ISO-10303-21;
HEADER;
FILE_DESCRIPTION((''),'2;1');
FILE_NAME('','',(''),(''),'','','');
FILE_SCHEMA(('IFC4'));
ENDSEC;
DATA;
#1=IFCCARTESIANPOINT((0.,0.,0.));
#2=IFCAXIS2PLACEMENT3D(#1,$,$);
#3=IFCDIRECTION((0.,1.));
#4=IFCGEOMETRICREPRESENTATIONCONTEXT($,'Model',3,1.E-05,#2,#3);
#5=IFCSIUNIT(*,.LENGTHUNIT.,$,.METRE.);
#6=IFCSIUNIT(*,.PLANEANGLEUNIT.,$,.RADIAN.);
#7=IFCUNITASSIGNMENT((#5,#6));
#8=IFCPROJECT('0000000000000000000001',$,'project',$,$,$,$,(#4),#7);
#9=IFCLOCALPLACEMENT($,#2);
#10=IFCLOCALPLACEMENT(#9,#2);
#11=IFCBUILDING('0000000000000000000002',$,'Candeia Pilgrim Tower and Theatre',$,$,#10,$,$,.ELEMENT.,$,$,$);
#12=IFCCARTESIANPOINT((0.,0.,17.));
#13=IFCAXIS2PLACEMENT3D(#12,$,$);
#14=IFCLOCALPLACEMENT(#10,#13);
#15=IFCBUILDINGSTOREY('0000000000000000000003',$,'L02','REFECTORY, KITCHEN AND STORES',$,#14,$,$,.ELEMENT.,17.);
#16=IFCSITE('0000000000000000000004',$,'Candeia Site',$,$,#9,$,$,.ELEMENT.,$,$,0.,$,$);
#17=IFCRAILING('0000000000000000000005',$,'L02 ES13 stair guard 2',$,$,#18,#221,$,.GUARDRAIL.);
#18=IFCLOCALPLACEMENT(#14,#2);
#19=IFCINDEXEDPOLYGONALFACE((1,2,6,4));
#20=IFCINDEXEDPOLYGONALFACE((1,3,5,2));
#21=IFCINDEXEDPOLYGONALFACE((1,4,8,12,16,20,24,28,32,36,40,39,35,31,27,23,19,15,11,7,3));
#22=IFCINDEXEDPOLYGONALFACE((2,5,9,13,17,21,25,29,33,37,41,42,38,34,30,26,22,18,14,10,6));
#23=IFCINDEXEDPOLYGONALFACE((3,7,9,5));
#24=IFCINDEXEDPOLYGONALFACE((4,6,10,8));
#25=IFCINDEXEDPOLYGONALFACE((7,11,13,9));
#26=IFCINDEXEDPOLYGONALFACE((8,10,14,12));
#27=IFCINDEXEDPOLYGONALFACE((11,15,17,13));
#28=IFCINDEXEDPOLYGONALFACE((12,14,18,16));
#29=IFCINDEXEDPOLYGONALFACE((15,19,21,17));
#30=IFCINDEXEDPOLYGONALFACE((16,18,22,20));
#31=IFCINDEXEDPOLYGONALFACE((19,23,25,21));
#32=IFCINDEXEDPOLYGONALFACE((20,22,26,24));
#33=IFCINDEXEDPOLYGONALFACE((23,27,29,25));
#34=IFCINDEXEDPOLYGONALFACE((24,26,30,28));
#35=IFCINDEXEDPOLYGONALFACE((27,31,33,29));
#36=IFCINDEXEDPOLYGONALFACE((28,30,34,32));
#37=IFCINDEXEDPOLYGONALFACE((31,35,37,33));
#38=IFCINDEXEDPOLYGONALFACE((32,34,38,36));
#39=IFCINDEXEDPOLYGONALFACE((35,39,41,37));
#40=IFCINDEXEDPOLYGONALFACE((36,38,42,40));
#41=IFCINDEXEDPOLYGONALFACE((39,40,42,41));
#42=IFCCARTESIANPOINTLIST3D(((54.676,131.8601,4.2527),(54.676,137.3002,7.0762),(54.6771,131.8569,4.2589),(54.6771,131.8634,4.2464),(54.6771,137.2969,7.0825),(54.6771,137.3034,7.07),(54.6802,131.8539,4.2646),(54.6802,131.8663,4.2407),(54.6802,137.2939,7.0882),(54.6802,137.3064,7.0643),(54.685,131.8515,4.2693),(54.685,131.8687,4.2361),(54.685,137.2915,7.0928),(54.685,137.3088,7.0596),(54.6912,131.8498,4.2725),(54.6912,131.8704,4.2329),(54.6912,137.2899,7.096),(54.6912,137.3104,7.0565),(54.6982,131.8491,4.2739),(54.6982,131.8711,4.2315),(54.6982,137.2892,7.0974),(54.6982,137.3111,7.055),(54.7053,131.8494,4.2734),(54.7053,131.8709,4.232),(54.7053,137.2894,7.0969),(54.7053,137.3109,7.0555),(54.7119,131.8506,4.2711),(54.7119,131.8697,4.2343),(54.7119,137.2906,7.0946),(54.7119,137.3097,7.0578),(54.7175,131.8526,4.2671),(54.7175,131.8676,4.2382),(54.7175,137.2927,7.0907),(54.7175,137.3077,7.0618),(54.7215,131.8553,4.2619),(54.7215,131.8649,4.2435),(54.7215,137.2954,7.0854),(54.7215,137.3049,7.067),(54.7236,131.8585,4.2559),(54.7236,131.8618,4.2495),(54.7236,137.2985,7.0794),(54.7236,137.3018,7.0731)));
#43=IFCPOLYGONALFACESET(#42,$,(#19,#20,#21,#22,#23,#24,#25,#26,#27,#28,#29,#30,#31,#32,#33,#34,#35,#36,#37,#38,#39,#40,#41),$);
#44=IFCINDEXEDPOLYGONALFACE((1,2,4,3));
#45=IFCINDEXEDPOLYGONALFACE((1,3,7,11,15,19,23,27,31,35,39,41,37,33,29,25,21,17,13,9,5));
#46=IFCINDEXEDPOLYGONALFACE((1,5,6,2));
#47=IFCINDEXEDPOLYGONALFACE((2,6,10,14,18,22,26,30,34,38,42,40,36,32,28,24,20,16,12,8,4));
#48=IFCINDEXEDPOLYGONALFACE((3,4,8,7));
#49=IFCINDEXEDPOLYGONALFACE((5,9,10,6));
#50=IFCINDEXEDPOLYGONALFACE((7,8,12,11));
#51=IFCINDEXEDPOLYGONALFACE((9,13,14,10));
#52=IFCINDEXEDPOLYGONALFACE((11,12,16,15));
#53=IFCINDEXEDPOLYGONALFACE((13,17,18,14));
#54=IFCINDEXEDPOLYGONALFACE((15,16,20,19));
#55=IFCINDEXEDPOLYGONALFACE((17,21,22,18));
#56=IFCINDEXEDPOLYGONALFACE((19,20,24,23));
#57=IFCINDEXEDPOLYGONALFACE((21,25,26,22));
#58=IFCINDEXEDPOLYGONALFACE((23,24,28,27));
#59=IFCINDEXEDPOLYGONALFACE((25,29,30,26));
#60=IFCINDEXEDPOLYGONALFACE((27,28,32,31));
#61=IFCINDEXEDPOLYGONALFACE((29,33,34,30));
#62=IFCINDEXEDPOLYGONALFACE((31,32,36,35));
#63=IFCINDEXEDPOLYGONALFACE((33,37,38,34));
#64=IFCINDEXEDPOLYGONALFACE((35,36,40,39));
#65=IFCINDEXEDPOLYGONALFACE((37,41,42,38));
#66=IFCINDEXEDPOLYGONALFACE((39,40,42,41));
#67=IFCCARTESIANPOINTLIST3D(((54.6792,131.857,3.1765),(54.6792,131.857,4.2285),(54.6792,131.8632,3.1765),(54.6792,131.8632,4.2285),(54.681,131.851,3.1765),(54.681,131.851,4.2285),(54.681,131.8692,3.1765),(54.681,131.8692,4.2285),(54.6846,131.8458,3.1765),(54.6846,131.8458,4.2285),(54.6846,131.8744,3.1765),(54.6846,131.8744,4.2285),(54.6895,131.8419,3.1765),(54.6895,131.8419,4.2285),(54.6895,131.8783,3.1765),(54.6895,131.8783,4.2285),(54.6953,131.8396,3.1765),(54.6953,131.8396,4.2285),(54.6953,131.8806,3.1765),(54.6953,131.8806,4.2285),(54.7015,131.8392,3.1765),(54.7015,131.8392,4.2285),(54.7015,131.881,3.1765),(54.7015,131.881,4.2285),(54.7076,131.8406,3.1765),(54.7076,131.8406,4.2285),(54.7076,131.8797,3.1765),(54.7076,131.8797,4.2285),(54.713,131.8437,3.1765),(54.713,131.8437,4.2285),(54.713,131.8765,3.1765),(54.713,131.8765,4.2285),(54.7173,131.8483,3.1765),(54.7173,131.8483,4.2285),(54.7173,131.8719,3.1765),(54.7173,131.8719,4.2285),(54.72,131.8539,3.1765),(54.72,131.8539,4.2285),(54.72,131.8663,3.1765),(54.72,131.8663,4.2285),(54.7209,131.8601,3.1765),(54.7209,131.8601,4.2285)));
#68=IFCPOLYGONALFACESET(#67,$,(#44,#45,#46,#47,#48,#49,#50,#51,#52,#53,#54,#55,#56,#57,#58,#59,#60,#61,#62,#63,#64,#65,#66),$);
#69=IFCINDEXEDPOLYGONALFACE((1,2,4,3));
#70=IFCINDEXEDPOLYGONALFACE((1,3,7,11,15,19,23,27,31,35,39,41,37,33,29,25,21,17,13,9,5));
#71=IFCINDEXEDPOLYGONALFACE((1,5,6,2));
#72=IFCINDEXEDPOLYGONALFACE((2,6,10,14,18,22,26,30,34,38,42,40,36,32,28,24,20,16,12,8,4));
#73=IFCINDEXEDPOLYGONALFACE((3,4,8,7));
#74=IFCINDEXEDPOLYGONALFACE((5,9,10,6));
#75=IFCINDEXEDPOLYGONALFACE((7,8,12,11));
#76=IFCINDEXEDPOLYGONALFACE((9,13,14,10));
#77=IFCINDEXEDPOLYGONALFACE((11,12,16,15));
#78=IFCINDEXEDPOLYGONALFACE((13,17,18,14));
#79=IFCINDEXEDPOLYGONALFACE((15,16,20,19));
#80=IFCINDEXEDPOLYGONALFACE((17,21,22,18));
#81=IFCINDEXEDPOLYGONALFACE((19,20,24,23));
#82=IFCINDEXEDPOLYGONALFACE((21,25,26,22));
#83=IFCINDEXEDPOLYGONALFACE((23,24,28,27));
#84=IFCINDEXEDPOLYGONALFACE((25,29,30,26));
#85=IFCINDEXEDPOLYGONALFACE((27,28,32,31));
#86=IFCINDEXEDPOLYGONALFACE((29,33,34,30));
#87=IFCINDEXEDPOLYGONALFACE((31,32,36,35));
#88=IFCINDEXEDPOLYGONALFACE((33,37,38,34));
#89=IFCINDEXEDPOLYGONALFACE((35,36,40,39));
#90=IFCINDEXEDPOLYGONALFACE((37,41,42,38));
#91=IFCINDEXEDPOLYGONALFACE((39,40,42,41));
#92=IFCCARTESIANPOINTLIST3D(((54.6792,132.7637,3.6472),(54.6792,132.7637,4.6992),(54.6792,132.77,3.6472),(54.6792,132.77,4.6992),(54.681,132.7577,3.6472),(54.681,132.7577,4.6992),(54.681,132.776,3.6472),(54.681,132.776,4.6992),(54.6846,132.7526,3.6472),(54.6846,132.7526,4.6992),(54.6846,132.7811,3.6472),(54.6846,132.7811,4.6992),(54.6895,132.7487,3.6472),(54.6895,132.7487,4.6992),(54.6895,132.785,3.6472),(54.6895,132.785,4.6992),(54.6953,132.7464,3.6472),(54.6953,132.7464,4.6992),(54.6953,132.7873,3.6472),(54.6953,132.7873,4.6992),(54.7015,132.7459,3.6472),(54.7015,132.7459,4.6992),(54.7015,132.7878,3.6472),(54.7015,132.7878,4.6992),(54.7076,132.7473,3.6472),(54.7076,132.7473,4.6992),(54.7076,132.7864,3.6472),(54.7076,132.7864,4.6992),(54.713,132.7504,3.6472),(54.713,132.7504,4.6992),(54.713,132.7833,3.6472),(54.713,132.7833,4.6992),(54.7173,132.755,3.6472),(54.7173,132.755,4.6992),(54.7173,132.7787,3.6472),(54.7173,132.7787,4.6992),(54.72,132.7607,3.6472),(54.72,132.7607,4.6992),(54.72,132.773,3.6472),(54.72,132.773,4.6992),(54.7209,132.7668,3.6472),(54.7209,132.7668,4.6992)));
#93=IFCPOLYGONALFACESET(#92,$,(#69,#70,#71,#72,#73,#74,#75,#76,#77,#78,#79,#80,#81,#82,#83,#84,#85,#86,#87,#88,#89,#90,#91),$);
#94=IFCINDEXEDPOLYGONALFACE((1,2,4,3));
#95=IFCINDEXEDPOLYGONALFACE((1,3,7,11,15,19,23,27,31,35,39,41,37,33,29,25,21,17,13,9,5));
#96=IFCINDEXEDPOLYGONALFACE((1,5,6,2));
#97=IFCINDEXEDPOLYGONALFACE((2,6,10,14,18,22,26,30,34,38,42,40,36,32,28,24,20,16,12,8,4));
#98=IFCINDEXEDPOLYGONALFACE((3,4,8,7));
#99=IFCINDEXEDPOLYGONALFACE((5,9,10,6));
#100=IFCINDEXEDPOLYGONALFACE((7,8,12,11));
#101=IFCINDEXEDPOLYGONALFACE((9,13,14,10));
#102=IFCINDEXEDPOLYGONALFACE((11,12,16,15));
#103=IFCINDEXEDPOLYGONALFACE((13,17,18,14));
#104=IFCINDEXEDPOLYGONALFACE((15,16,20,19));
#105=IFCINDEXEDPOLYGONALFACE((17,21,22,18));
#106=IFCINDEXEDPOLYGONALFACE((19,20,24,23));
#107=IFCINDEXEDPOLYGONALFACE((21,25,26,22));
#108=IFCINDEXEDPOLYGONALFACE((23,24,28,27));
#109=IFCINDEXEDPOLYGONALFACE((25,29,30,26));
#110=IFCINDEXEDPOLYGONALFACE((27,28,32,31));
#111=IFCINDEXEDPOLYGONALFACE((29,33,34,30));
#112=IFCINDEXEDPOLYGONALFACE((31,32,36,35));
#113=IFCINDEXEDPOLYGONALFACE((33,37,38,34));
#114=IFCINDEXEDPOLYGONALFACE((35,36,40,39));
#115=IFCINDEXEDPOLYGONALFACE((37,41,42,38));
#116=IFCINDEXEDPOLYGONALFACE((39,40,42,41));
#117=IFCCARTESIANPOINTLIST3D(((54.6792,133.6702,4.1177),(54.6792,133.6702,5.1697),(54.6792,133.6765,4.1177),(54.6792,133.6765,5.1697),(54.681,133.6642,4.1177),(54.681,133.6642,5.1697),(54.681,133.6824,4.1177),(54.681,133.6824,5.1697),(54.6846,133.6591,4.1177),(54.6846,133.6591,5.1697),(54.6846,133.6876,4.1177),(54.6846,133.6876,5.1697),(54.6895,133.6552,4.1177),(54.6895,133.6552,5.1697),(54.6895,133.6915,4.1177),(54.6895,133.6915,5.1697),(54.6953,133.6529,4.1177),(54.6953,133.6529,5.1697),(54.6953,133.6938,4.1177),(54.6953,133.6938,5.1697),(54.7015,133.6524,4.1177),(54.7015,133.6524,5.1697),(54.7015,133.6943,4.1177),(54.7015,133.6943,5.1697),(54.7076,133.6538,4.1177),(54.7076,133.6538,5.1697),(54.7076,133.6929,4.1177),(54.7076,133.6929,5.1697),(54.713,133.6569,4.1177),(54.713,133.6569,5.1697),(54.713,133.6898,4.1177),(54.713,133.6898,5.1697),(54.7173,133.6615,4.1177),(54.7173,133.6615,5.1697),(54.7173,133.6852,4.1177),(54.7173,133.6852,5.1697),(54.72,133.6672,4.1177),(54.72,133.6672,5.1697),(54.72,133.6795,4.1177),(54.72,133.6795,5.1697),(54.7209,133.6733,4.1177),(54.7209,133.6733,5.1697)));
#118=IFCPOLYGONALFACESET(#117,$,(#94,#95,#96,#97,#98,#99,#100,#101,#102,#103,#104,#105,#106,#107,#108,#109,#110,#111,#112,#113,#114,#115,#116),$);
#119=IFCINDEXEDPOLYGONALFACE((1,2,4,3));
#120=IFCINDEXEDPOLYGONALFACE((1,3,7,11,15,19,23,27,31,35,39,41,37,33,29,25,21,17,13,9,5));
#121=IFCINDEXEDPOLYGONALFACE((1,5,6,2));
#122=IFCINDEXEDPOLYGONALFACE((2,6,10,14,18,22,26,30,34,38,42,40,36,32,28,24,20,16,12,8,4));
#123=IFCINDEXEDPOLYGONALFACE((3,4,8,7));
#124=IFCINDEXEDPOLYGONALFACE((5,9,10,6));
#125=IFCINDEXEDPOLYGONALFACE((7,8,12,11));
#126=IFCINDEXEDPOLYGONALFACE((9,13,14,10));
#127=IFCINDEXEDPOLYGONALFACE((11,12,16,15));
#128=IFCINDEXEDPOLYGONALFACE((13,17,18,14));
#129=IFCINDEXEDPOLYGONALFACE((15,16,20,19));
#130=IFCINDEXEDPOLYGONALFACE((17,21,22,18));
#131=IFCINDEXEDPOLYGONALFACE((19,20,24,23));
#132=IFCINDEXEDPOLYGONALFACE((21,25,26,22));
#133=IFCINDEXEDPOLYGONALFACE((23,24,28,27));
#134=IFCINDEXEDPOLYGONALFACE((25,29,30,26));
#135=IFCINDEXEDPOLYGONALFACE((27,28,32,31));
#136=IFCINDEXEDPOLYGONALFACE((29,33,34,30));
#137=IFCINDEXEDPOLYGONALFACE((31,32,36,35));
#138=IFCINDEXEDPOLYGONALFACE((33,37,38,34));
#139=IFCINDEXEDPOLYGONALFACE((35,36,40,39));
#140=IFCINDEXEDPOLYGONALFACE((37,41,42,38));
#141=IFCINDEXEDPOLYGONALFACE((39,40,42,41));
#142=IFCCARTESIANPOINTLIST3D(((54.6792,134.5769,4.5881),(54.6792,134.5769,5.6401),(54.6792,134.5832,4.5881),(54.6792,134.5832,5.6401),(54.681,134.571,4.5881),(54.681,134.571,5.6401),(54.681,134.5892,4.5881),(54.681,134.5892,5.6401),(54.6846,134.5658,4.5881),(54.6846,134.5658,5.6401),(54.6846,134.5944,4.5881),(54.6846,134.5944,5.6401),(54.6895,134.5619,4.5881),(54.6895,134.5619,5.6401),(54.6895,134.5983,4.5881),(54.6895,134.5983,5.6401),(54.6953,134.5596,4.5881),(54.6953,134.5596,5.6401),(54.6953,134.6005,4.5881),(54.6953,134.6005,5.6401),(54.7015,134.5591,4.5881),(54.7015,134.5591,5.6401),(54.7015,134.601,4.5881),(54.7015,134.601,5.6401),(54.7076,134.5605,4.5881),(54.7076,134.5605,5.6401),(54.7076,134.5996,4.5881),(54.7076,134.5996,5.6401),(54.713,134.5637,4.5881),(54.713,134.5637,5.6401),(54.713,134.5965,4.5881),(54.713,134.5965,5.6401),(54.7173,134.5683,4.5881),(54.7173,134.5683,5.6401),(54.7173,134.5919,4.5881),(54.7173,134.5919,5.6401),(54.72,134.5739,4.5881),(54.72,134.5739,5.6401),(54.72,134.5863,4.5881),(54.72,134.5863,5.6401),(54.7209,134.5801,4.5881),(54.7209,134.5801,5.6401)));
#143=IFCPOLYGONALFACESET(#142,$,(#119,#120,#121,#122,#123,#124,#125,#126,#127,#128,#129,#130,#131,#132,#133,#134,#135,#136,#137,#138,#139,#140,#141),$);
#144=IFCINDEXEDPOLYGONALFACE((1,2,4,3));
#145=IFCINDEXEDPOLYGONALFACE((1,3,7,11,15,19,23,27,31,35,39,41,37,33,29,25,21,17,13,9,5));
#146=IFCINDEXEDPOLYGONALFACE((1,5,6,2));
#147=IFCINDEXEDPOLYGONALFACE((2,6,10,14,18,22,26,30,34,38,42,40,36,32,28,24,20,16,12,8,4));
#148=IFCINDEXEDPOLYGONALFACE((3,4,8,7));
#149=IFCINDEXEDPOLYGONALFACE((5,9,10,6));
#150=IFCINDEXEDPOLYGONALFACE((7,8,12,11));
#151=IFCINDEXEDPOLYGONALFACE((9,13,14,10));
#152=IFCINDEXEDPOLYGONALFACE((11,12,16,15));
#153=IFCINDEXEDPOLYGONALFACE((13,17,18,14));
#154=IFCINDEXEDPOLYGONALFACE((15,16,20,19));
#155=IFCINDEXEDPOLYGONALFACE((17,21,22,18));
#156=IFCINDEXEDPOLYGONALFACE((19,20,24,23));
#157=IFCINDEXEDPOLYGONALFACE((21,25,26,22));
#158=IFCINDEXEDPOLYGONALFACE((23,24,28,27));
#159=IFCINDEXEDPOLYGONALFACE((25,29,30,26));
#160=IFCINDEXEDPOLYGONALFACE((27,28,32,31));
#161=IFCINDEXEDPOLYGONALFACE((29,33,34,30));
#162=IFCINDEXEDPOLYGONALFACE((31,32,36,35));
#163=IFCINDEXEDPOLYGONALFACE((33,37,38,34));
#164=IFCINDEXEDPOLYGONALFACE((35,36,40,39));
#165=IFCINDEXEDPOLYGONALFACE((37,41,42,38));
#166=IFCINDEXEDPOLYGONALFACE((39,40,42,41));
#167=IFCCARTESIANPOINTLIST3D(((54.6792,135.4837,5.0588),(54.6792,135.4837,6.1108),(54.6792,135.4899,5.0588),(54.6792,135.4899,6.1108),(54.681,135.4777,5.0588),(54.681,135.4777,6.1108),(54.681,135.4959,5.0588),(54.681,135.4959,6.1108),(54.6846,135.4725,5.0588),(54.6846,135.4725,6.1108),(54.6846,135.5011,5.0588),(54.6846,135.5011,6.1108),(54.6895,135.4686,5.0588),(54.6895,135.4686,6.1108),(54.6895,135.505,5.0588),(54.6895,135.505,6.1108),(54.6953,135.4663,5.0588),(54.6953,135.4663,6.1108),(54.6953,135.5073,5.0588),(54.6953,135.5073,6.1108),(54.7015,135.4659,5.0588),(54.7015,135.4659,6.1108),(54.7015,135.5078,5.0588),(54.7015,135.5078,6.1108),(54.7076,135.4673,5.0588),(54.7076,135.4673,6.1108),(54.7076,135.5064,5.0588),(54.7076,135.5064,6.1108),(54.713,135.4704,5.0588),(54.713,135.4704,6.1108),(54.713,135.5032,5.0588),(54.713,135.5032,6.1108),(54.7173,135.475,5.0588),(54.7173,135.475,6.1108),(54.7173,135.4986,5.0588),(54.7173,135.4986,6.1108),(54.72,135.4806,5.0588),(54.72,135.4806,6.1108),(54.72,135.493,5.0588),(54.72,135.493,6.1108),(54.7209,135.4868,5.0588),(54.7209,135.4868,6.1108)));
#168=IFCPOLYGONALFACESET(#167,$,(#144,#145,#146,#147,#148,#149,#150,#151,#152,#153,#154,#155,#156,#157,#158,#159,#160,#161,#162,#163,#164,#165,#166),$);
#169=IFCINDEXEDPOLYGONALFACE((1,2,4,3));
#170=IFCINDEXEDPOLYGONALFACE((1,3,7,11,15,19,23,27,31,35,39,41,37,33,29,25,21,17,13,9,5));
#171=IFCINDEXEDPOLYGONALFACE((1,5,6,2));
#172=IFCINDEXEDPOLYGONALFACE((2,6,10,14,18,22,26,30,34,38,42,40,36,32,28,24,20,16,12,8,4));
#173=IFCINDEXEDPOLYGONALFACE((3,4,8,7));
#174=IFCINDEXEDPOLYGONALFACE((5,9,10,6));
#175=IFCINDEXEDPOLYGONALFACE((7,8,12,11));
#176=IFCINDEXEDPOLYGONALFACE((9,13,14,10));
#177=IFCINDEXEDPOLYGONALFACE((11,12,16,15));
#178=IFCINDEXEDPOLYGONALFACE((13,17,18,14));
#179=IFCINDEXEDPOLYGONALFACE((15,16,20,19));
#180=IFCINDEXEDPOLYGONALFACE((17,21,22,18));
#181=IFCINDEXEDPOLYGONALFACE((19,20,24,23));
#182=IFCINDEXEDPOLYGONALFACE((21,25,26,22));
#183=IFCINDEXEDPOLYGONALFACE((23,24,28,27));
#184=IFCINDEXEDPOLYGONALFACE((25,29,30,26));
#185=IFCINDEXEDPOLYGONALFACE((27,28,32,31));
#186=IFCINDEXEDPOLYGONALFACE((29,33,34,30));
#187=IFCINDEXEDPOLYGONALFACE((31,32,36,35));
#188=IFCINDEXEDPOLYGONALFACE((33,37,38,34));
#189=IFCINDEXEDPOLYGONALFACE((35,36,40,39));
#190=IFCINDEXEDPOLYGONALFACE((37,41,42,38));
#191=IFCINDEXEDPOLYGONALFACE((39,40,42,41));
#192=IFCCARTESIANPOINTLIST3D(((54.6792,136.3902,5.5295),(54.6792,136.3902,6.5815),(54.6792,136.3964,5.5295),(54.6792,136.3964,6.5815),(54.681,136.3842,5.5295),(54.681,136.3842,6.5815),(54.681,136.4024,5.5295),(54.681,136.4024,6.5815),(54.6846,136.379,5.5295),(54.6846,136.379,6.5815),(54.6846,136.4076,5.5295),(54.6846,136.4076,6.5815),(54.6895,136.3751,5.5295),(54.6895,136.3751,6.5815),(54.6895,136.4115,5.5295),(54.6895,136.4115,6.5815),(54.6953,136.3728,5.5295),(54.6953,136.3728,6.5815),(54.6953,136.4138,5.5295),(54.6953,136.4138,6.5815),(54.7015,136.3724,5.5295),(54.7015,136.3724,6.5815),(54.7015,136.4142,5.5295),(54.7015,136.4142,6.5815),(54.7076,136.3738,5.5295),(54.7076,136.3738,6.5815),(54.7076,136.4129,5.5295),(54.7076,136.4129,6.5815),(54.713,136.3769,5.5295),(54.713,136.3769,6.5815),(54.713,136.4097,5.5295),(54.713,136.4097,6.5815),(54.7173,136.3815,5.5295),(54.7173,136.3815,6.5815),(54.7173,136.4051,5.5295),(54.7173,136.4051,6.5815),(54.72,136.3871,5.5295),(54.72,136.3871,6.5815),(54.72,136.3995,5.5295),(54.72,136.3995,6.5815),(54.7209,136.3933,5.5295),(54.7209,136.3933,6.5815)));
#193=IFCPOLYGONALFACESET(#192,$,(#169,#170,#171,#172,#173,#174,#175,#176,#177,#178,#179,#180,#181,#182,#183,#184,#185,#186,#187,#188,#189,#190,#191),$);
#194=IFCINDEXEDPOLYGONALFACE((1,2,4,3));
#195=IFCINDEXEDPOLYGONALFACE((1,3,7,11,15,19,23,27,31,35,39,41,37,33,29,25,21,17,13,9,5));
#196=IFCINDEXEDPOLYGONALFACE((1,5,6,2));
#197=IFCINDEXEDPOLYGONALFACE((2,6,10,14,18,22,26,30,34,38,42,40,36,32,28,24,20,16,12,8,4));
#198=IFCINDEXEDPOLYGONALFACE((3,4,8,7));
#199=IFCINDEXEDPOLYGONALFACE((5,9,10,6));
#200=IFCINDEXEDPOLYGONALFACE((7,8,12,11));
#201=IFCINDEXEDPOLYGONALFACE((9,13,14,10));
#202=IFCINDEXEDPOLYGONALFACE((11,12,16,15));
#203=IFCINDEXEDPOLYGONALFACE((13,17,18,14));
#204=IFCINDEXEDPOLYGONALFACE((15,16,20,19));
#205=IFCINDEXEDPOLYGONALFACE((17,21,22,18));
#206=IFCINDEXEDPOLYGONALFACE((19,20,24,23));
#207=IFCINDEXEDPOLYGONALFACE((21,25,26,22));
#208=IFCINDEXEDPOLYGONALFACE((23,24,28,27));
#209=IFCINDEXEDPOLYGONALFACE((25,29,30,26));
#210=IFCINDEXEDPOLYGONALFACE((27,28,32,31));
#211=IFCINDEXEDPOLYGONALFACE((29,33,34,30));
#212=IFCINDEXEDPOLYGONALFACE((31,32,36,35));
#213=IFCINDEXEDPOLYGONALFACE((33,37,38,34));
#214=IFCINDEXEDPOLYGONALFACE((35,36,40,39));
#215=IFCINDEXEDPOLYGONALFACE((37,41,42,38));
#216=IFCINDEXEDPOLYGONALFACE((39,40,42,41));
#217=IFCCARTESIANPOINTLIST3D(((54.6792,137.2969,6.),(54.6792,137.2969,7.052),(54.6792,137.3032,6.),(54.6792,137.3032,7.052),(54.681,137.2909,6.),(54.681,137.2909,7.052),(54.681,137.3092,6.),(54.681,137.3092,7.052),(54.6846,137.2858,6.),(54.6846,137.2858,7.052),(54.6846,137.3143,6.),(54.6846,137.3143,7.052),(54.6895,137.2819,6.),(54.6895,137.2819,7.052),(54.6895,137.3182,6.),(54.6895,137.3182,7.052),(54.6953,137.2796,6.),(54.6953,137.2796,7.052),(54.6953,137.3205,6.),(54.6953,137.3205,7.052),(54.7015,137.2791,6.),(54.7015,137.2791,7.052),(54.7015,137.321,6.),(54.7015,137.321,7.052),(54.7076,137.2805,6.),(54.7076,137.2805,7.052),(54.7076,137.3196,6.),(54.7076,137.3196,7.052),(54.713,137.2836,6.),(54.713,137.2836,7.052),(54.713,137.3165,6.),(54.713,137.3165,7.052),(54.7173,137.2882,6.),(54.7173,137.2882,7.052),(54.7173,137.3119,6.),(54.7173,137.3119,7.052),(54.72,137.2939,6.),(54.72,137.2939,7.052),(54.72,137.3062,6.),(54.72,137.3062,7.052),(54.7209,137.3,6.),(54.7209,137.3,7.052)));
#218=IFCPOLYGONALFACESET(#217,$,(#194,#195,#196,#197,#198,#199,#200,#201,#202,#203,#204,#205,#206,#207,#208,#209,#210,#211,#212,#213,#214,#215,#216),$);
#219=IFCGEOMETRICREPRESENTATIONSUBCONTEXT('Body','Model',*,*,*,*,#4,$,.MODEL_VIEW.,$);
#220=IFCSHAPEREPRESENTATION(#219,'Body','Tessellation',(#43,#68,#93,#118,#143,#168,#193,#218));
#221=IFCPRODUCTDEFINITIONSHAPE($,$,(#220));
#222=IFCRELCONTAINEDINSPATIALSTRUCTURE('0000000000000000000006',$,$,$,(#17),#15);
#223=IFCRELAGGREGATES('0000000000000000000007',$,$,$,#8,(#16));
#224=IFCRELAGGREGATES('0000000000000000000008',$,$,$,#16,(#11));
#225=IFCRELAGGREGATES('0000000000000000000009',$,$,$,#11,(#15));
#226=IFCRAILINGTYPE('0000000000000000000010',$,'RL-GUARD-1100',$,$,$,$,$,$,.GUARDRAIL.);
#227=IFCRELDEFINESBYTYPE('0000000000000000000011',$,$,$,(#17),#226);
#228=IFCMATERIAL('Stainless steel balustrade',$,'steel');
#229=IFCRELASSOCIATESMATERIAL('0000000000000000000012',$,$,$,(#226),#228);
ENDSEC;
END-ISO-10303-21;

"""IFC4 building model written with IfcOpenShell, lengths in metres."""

from ifc_helpers import new_model, si_unit, direction, frame, origin, origin_2d, place, context, subcontext, project, spatial, circle, extrude, material, type_object, element, save


model = new_model("IFC4")

# Units and contexts
model_context = context("Model", 3, precision=1e-05, world=origin(), true_north=direction((0.0, 1.0)))
body_context = subcontext(model_context, "Body", "Model", "MODEL_VIEW")
ifc_project = project(units=[si_unit("LENGTHUNIT", "METRE"), si_unit("PLANEANGLEUNIT", "RADIAN")], contexts=[model_context])

# Site, building, storey
site_placement = place(None, origin())
site = spatial("IfcSite", under=ifc_project, at=site_placement, Name="Candeia Site", CompositionType="ELEMENT", RefElevation=0.0)
building_placement = place(site_placement, origin())
building = spatial("IfcBuilding", under=site, at=building_placement, Name="Candeia Pilgrim Tower and Theatre", CompositionType="ELEMENT")
storey_placement = place(building_placement, frame((0.0, 0.0, 17.0)))
storey = spatial("IfcBuildingStorey", under=building, at=storey_placement, Name="L02", Description="REFECTORY, KITCHEN AND STORES", CompositionType="ELEMENT", Elevation=17.0)

# Railing
ifc_material_1 = material(Name="Stainless steel balustrade", Category="steel")
railing_type_1 = type_object("IfcRailingType", Name="RL-GUARD-1100", PredefinedType="GUARDRAIL", material=ifc_material_1)
railing_1_placement = place(storey_placement, frame((54.7, 131.8601, 3.1765)))
element("IfcRailing", 1, at=railing_1_placement, inside=storey, type_object=railing_type_1, Name="L02 ES13 stair guard 2", PredefinedType="GUARDRAIL", context=body_context, shape_type="SweptSolid", body=[
    extrude(circle(Radius=0.0239, at=origin_2d()), frame((0.0, 0.0, 1.0762), z_axis=(0.0, 0.887569, 0.460674), x_axis=(-1.0, 0.0, 0.0)), (0.0, 0.0, 1.0), 6.1292),
    extrude(circle(Radius=0.021, at=origin_2d()), origin(), (0.0, 0.0, 1.0), 1.052),
    extrude(circle(Radius=0.021, at=origin_2d()), frame((0.0, 0.9067, 0.4707)), (0.0, 0.0, 1.0), 1.052),
    extrude(circle(Radius=0.021, at=origin_2d()), frame((0.0, 1.8132, 0.9412)), (0.0, 0.0, 1.0), 1.052),
    extrude(circle(Radius=0.021, at=origin_2d()), frame((0.0, 2.72, 1.4116)), (0.0, 0.0, 1.0), 1.052),
    extrude(circle(Radius=0.021, at=origin_2d()), frame((0.0, 3.6267, 1.8823)), (0.0, 0.0, 1.0), 1.052),
    extrude(circle(Radius=0.021, at=origin_2d()), frame((0.0, 4.5332, 2.353)), (0.0, 0.0, 1.0), 1.052),
    extrude(circle(Radius=0.021, at=origin_2d()), frame((0.0, 5.4399, 2.8235)), (0.0, 0.0, 1.0), 1.052),
])

save(model, "model.ifc")
